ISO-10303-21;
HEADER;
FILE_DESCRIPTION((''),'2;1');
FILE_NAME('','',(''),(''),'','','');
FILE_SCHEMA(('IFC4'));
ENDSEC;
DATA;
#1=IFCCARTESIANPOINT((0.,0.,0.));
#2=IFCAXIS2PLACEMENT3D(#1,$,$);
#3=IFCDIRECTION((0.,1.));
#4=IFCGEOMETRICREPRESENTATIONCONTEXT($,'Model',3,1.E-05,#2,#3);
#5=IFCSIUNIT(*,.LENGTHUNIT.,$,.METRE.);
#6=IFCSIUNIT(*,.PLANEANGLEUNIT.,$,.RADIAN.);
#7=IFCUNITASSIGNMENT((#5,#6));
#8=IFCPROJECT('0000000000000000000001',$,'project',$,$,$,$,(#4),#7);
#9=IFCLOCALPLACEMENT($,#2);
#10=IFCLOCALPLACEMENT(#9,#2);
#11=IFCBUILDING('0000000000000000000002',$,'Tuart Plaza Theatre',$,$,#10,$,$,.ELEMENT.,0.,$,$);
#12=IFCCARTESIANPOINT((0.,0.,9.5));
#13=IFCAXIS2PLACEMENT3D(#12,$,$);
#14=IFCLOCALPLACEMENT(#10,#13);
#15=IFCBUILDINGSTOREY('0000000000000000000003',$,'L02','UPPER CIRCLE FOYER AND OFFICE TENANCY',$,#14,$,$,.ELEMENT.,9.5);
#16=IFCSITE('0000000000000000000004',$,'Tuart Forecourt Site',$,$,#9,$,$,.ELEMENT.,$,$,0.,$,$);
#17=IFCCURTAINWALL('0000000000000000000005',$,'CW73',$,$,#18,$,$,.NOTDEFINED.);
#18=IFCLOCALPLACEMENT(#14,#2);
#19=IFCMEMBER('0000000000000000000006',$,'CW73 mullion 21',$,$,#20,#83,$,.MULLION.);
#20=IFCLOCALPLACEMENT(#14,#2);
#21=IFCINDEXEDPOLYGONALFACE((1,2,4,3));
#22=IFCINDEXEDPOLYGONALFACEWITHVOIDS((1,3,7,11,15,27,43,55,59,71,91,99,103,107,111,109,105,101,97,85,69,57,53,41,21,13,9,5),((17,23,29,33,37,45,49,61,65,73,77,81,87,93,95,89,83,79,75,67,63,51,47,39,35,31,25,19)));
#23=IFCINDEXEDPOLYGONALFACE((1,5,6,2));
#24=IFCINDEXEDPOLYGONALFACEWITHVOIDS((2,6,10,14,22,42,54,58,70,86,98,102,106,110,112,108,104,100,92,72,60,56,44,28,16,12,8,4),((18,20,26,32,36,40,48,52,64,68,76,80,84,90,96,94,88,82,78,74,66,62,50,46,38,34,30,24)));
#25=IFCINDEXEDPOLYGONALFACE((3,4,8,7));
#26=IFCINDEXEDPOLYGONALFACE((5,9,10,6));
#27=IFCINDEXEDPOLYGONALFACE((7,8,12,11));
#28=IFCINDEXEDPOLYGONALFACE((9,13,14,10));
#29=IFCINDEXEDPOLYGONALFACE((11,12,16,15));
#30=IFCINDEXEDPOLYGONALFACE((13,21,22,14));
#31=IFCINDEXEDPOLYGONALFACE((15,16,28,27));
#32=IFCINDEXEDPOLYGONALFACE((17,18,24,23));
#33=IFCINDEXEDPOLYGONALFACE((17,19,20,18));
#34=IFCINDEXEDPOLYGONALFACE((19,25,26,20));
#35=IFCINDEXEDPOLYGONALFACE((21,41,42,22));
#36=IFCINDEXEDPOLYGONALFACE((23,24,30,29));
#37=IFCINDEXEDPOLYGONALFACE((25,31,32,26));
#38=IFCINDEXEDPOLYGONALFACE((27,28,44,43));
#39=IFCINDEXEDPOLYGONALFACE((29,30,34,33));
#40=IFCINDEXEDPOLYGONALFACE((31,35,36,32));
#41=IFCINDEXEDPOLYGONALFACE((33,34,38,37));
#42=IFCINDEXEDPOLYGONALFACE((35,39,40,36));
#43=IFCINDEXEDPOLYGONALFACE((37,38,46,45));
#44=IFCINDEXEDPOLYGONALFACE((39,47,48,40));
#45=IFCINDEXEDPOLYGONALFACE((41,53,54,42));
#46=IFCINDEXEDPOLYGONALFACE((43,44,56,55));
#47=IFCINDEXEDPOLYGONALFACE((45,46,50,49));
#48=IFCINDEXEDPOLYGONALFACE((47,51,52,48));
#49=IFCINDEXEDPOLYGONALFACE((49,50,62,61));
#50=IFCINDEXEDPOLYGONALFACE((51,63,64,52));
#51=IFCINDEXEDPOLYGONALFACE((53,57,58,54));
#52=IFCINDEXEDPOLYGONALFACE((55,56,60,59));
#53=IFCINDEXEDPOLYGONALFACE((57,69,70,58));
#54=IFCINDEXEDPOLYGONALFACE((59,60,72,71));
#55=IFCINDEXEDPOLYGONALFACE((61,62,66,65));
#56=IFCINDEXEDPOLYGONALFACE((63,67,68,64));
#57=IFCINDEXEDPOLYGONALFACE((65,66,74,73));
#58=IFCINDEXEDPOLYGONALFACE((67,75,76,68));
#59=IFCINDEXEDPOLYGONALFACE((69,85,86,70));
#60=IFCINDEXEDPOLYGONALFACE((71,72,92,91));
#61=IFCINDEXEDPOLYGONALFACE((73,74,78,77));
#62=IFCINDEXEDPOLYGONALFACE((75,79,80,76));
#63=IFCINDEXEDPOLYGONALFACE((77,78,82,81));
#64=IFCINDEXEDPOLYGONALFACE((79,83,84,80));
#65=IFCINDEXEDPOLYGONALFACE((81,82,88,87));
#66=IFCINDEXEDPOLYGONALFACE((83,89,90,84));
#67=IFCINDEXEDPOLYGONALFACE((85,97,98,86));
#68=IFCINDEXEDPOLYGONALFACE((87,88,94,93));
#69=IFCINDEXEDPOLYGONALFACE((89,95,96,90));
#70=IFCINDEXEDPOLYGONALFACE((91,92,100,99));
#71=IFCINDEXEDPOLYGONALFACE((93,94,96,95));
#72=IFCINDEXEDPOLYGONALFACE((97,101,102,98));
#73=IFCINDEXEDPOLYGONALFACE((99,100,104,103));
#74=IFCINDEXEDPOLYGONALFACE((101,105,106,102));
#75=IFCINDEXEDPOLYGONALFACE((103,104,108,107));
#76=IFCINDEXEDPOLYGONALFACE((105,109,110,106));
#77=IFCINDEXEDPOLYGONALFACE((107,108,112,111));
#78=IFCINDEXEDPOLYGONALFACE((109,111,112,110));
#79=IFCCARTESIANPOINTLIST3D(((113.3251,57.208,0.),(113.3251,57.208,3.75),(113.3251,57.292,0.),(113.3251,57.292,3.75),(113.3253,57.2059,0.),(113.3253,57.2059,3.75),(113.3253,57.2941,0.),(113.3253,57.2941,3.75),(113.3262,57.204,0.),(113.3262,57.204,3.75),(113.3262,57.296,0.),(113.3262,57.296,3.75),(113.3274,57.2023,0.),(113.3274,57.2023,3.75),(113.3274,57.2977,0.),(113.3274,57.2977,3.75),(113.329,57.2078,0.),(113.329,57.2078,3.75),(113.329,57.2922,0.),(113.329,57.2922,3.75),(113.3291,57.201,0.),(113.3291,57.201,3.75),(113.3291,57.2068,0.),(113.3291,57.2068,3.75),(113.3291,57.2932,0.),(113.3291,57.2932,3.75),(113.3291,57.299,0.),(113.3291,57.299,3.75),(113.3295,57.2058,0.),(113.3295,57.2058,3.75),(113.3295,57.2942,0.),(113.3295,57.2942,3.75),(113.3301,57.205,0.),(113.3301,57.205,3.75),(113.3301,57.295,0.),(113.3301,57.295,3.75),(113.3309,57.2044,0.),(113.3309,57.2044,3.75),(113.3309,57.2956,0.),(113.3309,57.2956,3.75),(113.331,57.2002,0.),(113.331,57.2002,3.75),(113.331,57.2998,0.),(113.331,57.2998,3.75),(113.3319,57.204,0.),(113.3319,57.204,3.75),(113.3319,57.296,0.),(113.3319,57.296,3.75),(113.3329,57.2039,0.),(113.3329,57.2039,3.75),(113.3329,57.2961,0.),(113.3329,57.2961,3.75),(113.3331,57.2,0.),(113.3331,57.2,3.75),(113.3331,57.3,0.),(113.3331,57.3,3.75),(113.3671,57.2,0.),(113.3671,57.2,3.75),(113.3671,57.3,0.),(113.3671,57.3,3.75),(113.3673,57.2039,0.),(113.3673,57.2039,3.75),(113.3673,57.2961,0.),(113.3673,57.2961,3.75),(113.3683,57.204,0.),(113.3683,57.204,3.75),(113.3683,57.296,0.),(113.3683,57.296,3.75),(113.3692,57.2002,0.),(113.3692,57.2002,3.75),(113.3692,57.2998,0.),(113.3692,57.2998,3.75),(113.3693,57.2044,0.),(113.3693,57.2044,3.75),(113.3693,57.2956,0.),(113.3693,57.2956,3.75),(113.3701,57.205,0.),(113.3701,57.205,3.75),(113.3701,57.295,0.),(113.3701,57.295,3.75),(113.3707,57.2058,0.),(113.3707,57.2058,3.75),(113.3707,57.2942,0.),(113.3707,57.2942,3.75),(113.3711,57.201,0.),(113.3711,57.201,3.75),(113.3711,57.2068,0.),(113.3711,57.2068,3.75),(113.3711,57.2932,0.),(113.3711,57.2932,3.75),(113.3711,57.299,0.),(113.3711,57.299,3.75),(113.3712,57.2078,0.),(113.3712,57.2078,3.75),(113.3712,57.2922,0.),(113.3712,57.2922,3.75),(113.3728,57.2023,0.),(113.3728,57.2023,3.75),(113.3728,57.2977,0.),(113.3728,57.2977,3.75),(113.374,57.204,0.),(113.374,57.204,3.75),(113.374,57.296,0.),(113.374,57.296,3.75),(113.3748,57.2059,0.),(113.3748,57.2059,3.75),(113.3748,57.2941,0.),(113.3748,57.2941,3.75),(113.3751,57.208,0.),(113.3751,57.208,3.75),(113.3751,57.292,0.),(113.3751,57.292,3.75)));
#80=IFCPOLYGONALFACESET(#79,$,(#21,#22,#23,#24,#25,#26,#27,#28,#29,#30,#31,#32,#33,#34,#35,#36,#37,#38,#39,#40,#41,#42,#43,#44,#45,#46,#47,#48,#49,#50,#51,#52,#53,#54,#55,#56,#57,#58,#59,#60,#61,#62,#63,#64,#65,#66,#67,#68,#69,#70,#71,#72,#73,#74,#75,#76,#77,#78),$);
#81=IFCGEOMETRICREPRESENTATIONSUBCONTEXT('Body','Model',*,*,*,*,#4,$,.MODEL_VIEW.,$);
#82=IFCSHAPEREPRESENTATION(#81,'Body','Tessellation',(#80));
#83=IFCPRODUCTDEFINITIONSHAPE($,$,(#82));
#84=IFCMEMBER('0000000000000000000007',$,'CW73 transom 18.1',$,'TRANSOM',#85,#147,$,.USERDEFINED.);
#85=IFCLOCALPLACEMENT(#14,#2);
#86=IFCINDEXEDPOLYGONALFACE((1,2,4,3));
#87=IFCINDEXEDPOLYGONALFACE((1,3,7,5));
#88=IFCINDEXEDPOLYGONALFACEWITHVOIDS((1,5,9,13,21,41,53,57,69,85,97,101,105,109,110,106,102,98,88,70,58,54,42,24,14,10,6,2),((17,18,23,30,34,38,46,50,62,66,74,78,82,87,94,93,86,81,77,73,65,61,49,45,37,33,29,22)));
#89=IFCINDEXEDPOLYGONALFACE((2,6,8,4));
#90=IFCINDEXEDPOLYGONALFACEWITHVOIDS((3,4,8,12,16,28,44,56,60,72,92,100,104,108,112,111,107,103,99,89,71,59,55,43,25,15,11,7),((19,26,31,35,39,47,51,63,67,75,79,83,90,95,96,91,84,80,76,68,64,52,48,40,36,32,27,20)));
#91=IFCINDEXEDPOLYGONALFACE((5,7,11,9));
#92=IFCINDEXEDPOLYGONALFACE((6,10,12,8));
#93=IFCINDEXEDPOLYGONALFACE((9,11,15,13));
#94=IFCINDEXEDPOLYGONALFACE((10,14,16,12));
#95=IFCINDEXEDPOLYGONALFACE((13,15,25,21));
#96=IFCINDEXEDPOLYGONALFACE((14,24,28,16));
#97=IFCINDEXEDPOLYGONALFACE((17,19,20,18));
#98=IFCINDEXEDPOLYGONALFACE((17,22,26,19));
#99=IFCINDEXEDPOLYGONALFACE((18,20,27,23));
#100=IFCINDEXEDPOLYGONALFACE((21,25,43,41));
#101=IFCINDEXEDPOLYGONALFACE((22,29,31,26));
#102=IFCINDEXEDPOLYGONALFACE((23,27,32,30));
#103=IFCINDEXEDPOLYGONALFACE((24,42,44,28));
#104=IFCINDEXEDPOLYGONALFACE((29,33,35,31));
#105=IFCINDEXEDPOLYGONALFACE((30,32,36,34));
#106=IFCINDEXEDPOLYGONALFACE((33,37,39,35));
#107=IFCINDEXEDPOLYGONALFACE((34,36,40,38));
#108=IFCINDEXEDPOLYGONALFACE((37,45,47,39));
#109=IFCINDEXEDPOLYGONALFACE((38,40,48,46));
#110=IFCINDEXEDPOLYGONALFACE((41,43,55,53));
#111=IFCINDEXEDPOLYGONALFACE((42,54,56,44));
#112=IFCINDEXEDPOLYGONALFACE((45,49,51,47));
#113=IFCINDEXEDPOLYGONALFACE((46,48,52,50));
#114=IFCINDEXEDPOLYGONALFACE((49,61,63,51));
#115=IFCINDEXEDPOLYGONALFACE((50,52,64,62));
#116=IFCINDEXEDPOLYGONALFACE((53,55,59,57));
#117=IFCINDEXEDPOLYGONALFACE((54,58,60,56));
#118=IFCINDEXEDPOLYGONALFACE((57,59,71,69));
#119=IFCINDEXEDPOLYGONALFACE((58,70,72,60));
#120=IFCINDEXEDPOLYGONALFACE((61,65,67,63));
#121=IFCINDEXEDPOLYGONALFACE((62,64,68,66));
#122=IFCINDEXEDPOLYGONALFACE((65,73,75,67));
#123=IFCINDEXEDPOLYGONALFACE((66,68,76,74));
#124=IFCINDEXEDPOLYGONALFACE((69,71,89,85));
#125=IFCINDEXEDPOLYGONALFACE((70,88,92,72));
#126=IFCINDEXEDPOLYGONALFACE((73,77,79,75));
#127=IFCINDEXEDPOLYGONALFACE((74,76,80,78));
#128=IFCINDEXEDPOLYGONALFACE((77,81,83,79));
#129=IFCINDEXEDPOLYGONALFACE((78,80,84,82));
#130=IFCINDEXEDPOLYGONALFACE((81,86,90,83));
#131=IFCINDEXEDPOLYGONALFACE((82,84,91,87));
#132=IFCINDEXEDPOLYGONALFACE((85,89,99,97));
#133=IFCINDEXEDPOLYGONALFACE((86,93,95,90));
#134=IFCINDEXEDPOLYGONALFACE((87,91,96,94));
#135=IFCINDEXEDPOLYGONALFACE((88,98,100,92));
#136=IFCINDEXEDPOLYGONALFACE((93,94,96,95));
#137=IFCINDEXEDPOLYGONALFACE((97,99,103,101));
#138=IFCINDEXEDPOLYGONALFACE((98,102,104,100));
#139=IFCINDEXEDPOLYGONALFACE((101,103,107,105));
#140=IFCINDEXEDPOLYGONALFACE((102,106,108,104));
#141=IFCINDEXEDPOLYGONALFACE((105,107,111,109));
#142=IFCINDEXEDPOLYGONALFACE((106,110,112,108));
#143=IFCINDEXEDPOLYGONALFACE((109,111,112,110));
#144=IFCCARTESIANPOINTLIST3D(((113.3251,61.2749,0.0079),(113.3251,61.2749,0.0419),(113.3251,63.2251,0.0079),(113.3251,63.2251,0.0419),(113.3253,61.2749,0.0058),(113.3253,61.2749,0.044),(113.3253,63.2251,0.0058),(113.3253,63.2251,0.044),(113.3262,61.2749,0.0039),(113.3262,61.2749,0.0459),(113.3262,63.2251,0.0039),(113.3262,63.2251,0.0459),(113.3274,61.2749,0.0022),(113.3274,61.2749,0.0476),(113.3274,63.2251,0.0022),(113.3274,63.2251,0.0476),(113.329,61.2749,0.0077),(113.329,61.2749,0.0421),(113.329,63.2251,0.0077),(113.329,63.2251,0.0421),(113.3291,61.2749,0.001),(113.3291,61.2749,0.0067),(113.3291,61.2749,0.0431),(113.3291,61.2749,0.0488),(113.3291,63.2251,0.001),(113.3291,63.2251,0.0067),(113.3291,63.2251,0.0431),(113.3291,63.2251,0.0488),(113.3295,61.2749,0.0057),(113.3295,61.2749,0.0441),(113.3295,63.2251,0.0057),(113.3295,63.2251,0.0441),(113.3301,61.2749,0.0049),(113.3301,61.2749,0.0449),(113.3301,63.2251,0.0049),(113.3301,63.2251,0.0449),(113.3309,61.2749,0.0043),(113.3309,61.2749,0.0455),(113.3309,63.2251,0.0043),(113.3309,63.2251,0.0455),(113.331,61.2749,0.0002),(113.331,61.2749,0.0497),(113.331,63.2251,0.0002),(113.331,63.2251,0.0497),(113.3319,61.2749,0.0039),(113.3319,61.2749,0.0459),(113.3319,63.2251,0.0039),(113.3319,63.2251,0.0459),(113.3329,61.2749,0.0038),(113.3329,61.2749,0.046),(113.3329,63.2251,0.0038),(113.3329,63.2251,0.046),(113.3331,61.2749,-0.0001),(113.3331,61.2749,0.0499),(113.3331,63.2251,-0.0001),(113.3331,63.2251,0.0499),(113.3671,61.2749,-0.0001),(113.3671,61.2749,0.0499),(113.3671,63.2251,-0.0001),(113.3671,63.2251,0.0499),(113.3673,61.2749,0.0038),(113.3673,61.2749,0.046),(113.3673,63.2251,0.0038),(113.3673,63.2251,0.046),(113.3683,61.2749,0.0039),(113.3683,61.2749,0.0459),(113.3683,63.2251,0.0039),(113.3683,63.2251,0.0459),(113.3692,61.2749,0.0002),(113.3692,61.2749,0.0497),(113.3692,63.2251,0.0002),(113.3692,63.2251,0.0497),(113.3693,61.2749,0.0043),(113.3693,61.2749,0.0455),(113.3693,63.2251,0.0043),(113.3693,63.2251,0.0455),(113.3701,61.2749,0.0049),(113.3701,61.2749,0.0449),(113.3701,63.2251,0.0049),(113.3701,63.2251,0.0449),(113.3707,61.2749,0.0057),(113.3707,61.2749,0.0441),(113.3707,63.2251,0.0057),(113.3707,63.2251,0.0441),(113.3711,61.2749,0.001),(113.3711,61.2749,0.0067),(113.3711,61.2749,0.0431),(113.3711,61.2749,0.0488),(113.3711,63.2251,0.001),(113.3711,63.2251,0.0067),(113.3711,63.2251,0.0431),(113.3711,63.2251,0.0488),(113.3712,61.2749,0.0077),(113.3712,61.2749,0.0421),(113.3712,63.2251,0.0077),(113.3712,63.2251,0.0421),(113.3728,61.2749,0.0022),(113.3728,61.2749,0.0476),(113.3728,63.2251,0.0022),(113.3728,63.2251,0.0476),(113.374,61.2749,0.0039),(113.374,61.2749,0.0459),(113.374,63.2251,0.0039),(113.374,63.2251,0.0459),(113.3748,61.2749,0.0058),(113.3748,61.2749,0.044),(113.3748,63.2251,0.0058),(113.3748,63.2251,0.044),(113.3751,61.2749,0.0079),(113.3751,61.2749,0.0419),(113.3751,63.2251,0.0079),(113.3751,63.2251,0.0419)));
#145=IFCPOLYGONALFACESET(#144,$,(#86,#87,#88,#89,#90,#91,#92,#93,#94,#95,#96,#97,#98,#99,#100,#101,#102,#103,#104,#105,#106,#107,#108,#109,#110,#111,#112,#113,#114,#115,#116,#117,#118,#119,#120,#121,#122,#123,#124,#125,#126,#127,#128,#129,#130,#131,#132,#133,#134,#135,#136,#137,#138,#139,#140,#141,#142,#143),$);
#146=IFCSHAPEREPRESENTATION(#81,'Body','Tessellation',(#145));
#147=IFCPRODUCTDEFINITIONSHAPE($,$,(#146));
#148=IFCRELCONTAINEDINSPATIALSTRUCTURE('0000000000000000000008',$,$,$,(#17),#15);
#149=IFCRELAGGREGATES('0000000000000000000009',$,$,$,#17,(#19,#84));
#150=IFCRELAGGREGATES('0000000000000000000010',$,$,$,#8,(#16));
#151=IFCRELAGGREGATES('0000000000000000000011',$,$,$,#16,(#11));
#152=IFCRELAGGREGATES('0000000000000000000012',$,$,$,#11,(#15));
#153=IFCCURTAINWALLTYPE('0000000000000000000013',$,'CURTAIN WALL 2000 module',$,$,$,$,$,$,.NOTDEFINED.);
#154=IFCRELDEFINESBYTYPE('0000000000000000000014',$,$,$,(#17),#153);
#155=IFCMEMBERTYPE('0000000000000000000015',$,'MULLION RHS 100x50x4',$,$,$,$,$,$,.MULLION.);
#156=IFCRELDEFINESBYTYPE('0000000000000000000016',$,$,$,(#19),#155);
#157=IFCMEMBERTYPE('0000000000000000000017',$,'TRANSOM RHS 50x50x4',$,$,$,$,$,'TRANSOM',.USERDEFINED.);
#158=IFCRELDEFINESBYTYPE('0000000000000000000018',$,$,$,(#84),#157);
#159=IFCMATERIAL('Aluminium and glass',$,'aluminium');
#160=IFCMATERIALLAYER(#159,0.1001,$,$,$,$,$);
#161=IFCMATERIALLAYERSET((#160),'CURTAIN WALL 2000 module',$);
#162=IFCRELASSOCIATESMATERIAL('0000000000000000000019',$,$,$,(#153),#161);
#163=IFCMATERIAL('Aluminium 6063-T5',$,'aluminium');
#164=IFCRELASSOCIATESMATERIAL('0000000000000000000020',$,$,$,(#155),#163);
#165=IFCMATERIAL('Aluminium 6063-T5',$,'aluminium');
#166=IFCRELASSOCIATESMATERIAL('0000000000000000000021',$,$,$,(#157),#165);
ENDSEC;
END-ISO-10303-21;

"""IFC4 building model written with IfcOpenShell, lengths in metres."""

from ifc_helpers import new_model, si_unit, direction, frame, origin, origin_2d, place, context, subcontext, project, spatial, hollow_rectangle, extrude, material, layer, layer_set, material_profile, profile_set, type_object, element, aggregate, save


model = new_model("IFC4")

# Units and contexts
model_context = context("Model", 3, precision=1e-05, world=origin(), true_north=direction((0.0, 1.0)))
body_context = subcontext(model_context, "Body", "Model", "MODEL_VIEW")
ifc_project = project(units=[si_unit("LENGTHUNIT", "METRE"), si_unit("PLANEANGLEUNIT", "RADIAN")], contexts=[model_context])

# Site, building, storey
site_placement = place(None, origin())
site = spatial("IfcSite", under=ifc_project, at=site_placement, Name="Tuart Forecourt Site", CompositionType="ELEMENT", RefElevation=0.0)
building_placement = place(site_placement, origin())
building = spatial("IfcBuilding", under=site, at=building_placement, Name="Tuart Plaza Theatre", CompositionType="ELEMENT", ElevationOfRefHeight=0.0)
storey_placement = place(building_placement, frame((0.0, 0.0, 9.5)))
storey = spatial("IfcBuildingStorey", under=building, at=storey_placement, Name="L02", Description="UPPER CIRCLE FOYER AND OFFICE TENANCY", CompositionType="ELEMENT", Elevation=9.5)

# Curtain wall, members
ifc_material_1 = material(Name="Aluminium and glass", Category="aluminium")
ifc_layer_1 = layer(ifc_material_1, 0.1001)
ifc_layer_set_1 = layer_set([ifc_layer_1], Name="CURTAIN WALL 2000 module")
curtain_wall_type = type_object("IfcCurtainWallType", Name="CURTAIN WALL 2000 module", PredefinedType="NOTDEFINED", material=ifc_layer_set_1)
curtain_wall_placement = place(storey_placement, origin())
curtain_wall = element("IfcCurtainWall", 1, at=curtain_wall_placement, inside=storey, type_object=curtain_wall_type, Name="CW73", PredefinedType="NOTDEFINED")
ifc_material_2 = material(Name="Aluminium 6063-T5", Category="aluminium")
ifc_material_profile_1 = material_profile(ifc_material_2, hollow_rectangle(XDim=0.05, YDim=0.1001, WallThickness=0.0039, InnerFilletRadius=0.0039, OuterFilletRadius=0.0081, at=origin_2d()), Name="RHS 100x50x4")
ifc_profile_set_1 = profile_set([ifc_material_profile_1], Name="Aluminium 6063-T5")
member_type_1 = type_object("IfcMemberType", Name="MULLION RHS 100x50x4", PredefinedType="MULLION", material=ifc_profile_set_1)
member_1_placement = place(storey_placement, frame((113.3501, 57.25, 0.0), z_axis=(0.0, 0.0, 1.0), x_axis=(1.0, 0.0, 0.0)))
member_1 = element("IfcMember", 2, at=member_1_placement, type_object=member_type_1, Name="CW73 mullion 21", PredefinedType="MULLION", context=body_context, shape_type="SweptSolid", body=[
    extrude(hollow_rectangle(XDim=0.05, YDim=0.1001, WallThickness=0.0039, InnerFilletRadius=0.0039, OuterFilletRadius=0.0081, at=origin_2d()), origin(), (0.0, 0.0, 1.0), 3.75),
])
ifc_material_3 = material(Name="Aluminium 6063-T5", Category="aluminium")
ifc_material_profile_2 = material_profile(ifc_material_3, hollow_rectangle(XDim=0.05, YDim=0.05, WallThickness=0.0039, InnerFilletRadius=0.0039, OuterFilletRadius=0.0081, at=origin_2d()), Name="RHS 50x50x4")
ifc_profile_set_2 = profile_set([ifc_material_profile_2], Name="Aluminium 6063-T5")
member_type_2 = type_object("IfcMemberType", Name="TRANSOM RHS 50x50x4", ElementType="TRANSOM", PredefinedType="USERDEFINED", material=ifc_profile_set_2)
member_2_placement = place(storey_placement, frame((113.3501, 63.2251, 0.0249), z_axis=(0.0, -1.0, 0.0), x_axis=(1.0, 0.0, 0.0)))
member_2 = element("IfcMember", 3, at=member_2_placement, type_object=member_type_2, Name="CW73 transom 18.1", ObjectType="TRANSOM", PredefinedType="USERDEFINED", context=body_context, shape_type="SweptSolid", body=[
    extrude(hollow_rectangle(XDim=0.05, YDim=0.05, WallThickness=0.0039, InnerFilletRadius=0.0039, OuterFilletRadius=0.0081, at=origin_2d()), origin(), (0.0, 0.0, 1.0), 1.9502),
])
aggregate(curtain_wall, [member_1, member_2])

save(model, "model.ifc")
